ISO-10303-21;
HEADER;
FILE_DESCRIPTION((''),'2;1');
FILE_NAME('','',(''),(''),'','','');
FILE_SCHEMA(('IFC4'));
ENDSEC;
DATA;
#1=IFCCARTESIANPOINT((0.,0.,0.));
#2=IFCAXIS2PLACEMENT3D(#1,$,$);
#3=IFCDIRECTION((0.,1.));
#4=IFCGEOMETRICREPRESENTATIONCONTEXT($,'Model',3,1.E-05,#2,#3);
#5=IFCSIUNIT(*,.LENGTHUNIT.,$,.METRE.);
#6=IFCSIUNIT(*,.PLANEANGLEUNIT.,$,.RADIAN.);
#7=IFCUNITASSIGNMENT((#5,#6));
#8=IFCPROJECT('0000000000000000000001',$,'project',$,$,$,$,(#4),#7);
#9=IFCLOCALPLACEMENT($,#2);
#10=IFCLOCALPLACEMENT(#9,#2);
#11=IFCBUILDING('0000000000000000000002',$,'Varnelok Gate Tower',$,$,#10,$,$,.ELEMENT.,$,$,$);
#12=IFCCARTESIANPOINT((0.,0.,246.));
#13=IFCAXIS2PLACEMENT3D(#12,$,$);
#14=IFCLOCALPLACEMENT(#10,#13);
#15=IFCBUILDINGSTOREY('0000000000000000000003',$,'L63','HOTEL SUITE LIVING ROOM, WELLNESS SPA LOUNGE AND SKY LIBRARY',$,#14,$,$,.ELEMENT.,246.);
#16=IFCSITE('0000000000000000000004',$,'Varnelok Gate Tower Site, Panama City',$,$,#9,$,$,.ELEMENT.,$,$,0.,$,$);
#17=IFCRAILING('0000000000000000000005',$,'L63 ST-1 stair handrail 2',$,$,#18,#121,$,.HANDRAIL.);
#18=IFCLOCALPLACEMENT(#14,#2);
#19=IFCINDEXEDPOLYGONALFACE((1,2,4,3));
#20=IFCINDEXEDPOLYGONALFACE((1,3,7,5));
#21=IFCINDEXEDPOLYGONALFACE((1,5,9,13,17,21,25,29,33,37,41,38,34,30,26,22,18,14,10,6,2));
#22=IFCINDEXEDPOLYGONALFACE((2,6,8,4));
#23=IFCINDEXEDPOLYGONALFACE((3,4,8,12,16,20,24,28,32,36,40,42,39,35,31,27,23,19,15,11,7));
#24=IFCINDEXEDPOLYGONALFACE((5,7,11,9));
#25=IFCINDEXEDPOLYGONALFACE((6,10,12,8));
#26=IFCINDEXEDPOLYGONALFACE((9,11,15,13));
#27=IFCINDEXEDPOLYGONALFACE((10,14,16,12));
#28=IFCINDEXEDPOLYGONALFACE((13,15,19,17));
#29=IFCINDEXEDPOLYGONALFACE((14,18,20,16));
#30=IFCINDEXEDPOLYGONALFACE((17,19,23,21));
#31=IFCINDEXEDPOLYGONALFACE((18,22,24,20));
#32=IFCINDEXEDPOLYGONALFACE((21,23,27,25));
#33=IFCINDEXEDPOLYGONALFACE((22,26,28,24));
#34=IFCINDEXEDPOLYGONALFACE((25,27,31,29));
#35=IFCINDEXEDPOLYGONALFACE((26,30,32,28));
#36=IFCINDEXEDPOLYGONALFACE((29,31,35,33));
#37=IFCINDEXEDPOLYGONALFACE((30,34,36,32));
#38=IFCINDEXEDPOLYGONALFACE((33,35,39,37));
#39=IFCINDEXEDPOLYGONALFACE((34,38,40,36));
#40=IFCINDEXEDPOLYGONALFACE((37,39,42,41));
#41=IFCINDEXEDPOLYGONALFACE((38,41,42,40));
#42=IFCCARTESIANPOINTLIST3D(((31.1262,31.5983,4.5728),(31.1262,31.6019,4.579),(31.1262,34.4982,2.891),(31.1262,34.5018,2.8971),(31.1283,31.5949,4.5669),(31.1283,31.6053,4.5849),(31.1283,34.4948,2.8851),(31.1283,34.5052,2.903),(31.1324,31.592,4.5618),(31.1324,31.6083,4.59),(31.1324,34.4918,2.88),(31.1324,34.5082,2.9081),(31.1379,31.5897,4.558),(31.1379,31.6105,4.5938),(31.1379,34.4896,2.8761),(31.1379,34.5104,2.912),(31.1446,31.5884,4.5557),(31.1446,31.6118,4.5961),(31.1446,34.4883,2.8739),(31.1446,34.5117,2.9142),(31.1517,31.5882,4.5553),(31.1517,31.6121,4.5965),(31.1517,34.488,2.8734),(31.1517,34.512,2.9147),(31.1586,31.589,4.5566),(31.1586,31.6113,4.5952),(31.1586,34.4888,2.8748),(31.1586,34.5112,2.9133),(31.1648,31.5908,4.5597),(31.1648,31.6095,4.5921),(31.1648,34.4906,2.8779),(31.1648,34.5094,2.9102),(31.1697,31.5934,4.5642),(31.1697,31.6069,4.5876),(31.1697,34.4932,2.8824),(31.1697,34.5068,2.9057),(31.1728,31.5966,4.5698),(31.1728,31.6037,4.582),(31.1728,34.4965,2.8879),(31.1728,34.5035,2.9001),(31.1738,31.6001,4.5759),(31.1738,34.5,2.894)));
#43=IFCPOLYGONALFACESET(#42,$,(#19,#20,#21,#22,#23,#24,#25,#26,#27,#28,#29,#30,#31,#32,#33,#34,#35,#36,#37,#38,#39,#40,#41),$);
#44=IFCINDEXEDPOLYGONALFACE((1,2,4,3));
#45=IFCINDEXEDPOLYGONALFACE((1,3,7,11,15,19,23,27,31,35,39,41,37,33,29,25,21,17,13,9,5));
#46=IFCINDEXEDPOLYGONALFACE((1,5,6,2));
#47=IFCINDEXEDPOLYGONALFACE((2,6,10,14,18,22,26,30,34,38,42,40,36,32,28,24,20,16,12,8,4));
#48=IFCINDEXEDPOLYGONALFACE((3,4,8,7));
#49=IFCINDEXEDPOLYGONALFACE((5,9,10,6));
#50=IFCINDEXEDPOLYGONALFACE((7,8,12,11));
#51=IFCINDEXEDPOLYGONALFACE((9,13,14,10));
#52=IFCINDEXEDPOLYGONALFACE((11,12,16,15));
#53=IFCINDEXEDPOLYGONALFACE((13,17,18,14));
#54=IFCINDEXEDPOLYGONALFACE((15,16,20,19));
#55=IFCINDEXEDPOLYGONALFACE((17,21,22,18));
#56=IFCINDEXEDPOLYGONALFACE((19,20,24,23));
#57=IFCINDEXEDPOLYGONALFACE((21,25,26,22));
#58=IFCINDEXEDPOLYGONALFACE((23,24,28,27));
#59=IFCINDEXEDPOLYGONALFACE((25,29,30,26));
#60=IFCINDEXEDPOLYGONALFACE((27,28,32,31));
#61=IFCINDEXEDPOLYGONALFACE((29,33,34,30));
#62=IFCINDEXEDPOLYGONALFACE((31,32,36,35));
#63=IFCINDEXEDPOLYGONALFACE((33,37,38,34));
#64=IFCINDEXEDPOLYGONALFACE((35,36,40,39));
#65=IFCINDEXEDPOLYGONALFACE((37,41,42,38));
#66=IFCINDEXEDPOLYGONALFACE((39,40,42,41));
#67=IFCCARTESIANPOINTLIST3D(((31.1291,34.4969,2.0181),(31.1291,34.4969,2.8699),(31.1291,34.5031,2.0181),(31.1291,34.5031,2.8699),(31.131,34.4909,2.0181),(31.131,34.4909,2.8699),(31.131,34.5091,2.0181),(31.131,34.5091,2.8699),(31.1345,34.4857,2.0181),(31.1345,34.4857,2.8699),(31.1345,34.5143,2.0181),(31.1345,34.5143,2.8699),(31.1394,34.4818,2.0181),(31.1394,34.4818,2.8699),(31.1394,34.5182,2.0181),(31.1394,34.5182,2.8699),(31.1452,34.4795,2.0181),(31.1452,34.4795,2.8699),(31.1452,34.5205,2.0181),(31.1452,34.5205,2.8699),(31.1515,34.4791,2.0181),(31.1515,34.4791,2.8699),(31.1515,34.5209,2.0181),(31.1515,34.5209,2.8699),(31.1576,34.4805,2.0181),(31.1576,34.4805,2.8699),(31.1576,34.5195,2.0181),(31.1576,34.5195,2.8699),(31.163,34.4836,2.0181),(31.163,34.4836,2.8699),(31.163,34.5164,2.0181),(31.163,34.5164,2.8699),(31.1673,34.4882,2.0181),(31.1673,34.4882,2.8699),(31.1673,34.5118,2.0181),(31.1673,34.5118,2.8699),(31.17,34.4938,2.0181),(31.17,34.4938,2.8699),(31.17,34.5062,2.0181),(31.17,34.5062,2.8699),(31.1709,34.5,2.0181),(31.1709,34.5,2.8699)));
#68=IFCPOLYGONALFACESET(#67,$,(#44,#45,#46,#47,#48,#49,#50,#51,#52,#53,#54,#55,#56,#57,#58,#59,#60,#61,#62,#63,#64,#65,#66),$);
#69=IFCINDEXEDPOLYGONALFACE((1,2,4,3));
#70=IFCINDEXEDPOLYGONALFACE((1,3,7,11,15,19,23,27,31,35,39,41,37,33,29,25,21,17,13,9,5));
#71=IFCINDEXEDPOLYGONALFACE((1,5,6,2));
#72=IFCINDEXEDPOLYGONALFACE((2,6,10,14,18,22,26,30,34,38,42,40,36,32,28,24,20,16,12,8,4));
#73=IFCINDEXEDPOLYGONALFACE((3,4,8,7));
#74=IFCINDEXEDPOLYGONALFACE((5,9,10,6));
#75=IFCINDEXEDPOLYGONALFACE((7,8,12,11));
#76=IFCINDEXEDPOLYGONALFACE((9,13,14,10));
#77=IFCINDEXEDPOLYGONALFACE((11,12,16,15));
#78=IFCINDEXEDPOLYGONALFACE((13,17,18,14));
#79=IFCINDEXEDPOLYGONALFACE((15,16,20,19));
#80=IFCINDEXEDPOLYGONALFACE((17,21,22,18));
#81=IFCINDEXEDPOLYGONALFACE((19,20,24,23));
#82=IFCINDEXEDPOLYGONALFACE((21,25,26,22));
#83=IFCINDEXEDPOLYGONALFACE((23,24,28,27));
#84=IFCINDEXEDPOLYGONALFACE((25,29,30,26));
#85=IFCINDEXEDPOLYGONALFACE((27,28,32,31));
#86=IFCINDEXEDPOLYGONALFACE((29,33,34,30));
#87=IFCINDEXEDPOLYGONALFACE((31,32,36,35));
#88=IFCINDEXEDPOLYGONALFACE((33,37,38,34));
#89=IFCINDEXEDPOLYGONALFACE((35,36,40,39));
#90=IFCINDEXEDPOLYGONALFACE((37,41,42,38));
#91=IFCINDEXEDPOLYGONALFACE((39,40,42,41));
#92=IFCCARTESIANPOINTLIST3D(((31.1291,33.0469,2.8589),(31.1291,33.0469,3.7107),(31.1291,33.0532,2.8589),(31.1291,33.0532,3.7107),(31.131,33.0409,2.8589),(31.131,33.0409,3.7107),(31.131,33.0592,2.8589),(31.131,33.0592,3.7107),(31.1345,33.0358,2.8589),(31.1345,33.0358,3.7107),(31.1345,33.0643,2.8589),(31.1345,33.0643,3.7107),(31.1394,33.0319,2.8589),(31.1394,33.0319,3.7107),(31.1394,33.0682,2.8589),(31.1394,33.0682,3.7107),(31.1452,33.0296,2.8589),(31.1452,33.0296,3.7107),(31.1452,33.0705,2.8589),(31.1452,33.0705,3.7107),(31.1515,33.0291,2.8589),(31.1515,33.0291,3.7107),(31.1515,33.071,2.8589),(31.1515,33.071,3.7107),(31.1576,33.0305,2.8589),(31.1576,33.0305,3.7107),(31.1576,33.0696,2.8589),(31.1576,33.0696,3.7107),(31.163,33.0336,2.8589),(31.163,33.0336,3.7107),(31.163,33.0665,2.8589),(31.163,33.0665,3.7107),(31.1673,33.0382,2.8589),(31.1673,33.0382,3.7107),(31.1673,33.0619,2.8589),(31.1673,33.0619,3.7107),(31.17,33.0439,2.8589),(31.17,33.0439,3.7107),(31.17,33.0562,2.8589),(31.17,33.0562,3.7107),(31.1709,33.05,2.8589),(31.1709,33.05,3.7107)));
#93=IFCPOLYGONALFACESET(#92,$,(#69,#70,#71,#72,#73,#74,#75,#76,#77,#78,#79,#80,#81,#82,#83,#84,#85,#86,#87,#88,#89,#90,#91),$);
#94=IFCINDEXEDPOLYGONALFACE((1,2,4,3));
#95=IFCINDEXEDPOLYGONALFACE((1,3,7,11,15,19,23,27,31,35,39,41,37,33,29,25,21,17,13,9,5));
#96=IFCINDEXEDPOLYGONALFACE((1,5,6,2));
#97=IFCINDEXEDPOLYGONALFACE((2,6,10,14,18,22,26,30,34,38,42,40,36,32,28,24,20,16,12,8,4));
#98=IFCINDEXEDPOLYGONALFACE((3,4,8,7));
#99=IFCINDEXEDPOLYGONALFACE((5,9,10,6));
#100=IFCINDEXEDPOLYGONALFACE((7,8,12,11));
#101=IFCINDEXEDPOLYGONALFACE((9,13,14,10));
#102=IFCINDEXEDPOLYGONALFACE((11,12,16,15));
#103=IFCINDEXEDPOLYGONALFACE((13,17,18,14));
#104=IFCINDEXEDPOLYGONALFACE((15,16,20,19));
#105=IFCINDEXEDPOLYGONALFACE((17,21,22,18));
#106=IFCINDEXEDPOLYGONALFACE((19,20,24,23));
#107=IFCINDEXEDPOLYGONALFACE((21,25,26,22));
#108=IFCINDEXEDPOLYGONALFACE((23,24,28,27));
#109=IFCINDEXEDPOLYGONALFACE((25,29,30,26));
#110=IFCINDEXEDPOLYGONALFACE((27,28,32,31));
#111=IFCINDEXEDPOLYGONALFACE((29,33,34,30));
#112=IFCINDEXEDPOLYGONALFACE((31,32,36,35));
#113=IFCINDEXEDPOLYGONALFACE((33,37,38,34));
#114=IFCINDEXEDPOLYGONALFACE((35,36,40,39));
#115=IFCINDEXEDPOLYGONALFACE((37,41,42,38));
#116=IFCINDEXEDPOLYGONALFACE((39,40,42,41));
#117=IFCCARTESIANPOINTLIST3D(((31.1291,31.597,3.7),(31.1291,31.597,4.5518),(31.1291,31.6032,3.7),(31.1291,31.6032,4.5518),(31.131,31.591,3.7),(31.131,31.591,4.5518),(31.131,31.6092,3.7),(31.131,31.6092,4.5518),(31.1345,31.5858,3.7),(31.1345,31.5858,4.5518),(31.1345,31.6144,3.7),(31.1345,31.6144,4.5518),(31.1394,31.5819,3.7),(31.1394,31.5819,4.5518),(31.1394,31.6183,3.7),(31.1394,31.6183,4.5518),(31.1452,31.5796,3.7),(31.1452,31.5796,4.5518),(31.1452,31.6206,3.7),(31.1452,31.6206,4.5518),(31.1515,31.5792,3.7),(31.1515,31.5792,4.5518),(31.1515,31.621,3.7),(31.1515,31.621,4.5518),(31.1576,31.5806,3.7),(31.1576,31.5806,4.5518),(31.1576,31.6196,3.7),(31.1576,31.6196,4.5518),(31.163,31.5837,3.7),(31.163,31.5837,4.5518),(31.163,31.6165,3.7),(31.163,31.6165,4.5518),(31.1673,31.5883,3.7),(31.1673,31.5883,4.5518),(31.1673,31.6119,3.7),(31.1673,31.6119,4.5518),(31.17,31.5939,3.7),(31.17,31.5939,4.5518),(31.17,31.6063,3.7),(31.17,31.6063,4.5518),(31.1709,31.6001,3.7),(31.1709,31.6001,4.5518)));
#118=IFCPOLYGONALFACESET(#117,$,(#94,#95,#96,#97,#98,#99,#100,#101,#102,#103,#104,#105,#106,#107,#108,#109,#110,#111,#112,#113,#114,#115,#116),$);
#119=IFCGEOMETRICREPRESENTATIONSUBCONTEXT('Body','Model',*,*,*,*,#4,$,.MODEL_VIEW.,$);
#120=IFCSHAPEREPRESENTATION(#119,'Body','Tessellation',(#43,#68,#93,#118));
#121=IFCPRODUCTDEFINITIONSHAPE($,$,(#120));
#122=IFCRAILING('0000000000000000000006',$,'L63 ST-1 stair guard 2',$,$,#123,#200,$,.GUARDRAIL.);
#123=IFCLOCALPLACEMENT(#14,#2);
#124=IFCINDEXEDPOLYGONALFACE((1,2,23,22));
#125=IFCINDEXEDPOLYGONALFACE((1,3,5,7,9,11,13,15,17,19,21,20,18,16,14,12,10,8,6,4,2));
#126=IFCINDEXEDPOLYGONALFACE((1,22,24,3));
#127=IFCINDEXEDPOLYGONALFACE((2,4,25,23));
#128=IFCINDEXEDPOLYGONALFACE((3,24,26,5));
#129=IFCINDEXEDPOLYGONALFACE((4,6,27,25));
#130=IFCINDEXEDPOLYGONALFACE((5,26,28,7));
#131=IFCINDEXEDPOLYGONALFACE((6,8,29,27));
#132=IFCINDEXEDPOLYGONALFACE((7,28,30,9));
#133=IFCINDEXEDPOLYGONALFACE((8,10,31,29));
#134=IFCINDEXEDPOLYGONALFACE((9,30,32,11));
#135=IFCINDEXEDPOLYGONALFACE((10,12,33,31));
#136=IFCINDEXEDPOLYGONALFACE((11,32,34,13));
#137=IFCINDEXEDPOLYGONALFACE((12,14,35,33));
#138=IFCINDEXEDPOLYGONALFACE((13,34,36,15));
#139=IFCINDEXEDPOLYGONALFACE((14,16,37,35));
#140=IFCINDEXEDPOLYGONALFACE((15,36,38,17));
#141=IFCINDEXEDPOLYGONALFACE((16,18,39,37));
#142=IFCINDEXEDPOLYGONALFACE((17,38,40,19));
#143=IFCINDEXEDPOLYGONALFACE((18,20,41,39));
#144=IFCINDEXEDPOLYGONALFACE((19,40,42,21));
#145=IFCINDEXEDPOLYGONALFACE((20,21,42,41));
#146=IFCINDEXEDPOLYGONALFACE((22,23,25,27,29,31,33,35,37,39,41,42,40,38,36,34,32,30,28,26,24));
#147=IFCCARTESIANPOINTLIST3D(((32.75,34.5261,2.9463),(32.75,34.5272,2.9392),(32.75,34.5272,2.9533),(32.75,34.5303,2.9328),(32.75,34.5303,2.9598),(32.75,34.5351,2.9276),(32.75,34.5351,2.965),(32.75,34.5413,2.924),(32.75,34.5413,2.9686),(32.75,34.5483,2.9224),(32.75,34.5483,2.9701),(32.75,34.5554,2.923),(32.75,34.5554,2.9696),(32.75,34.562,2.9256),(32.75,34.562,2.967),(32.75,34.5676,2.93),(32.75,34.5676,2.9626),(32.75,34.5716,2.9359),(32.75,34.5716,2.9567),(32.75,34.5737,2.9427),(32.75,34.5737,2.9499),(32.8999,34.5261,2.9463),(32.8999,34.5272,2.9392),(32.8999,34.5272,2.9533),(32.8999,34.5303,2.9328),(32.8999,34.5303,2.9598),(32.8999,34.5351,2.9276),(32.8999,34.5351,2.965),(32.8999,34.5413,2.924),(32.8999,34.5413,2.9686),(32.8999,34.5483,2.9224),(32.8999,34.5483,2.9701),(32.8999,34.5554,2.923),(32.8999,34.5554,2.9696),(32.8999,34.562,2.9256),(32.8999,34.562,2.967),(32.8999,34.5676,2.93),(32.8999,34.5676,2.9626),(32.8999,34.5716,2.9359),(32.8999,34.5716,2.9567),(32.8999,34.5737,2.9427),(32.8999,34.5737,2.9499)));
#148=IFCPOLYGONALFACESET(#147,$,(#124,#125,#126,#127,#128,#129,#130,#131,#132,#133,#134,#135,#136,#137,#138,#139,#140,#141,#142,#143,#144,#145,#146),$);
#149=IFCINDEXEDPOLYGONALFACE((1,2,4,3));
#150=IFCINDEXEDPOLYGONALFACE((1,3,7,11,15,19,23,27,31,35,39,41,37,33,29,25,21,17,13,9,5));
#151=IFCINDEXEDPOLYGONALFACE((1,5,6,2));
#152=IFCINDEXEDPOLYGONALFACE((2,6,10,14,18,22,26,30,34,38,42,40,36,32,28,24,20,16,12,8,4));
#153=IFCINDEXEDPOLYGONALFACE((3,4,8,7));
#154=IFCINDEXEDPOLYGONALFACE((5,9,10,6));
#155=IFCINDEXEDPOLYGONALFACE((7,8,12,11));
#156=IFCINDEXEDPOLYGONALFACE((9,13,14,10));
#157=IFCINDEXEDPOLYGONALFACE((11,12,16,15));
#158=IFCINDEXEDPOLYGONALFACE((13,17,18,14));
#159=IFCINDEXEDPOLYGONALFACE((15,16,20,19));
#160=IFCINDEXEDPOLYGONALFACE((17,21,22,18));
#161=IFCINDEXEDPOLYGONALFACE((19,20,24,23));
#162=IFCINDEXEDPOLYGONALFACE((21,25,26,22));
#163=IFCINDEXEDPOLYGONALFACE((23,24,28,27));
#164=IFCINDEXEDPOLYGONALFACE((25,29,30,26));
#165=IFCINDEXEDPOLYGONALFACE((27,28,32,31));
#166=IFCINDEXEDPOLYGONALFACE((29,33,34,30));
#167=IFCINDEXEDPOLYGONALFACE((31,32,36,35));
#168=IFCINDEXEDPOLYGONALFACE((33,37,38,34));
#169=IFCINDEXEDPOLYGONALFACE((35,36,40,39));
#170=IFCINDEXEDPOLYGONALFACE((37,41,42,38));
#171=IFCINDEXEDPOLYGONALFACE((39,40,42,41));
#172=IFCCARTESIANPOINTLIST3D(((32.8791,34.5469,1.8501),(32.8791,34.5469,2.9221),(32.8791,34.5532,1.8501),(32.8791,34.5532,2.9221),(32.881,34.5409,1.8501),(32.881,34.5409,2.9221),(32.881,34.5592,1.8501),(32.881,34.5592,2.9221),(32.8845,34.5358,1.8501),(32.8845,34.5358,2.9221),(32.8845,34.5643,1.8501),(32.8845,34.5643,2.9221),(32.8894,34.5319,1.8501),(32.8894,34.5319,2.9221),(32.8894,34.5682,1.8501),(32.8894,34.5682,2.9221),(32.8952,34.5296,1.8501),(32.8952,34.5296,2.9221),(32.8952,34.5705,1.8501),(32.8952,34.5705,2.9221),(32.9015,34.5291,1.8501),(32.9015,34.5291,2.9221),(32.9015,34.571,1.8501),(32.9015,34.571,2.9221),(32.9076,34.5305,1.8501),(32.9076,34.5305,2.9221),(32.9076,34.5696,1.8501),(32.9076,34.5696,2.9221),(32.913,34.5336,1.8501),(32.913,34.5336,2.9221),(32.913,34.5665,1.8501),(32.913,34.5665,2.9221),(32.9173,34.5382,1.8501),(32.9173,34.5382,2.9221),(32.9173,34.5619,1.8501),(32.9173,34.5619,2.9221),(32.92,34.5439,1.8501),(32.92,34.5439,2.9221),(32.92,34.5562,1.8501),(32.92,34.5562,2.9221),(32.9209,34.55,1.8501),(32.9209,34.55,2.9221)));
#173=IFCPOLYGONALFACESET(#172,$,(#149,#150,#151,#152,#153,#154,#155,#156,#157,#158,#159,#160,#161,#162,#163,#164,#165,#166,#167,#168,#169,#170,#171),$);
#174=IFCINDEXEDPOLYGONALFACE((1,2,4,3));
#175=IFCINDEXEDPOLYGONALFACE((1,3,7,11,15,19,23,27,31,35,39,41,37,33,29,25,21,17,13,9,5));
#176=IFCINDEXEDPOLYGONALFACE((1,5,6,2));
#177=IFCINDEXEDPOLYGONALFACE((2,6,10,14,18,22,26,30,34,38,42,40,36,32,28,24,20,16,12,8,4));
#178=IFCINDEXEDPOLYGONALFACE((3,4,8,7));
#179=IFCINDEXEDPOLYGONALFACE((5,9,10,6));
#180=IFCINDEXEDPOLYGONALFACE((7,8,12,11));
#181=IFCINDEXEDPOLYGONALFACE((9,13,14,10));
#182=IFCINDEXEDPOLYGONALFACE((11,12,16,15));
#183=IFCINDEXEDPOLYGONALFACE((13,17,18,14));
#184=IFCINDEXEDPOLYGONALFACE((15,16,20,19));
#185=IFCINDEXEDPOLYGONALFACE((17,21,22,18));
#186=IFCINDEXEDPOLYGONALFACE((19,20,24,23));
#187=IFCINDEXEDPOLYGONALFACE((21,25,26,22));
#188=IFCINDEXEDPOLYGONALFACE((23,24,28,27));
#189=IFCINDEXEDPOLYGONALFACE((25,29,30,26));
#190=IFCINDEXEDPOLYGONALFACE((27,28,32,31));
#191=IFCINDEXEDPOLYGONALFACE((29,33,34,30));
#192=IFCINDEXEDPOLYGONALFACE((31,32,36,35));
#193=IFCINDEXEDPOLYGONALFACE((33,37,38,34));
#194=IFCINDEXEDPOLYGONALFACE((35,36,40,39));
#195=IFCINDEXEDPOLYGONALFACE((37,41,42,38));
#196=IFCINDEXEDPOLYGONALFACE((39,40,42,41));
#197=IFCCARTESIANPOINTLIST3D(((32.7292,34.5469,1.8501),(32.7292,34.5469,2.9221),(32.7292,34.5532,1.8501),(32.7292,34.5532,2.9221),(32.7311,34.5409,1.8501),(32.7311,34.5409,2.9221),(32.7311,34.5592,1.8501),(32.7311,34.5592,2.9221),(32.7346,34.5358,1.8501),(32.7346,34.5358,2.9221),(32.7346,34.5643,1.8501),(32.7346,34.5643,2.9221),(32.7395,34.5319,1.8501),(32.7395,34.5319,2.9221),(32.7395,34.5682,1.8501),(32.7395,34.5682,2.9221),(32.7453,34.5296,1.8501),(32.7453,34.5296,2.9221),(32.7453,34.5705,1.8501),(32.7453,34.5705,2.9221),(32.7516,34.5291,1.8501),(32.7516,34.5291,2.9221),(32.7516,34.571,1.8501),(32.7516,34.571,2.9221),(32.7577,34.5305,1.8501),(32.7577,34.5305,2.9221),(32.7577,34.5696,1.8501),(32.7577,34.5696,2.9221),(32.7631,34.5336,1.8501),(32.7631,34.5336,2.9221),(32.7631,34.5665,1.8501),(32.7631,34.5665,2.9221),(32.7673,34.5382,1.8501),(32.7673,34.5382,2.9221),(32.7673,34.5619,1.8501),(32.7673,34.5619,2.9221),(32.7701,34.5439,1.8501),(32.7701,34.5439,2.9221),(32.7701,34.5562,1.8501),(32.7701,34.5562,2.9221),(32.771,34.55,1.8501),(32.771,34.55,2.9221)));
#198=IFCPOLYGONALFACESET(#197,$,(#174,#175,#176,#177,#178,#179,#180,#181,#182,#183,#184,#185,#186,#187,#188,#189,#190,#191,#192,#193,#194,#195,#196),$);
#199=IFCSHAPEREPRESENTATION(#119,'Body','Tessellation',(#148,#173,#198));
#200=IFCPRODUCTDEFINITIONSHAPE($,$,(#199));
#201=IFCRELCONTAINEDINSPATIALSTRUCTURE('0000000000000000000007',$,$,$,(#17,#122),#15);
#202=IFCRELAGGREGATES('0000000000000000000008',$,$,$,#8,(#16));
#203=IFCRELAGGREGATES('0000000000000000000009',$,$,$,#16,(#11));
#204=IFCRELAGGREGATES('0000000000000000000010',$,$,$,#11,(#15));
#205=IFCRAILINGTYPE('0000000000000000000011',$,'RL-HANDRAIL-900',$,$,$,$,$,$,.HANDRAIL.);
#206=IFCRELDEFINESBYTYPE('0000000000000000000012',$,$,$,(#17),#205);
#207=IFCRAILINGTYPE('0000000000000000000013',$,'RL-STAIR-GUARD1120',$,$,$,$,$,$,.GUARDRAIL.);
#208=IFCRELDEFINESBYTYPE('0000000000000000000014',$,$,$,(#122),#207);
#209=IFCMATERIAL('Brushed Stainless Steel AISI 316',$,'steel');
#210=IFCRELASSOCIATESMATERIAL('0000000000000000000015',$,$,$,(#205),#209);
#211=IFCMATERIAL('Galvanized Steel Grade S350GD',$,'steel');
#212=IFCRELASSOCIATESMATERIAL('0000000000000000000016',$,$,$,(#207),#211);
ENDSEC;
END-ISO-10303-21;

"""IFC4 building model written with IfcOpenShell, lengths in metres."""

from ifc_helpers import new_model, si_unit, direction, frame, origin, origin_2d, place, context, subcontext, project, spatial, circle, extrude, material, type_object, element, save


model = new_model("IFC4")

# Units and contexts
model_context = context("Model", 3, precision=1e-05, world=origin(), true_north=direction((0.0, 1.0)))
body_context = subcontext(model_context, "Body", "Model", "MODEL_VIEW")
ifc_project = project(units=[si_unit("LENGTHUNIT", "METRE"), si_unit("PLANEANGLEUNIT", "RADIAN")], contexts=[model_context])

# Site, building, storey
site_placement = place(None, origin())
site = spatial("IfcSite", under=ifc_project, at=site_placement, Name="Varnelok Gate Tower Site, Panama City", CompositionType="ELEMENT", RefElevation=0.0)
building_placement = place(site_placement, origin())
building = spatial("IfcBuilding", under=site, at=building_placement, Name="Varnelok Gate Tower", CompositionType="ELEMENT")
storey_placement = place(building_placement, frame((0.0, 0.0, 246.0)))
storey = spatial("IfcBuildingStorey", under=building, at=storey_placement, Name="L63", Description="HOTEL SUITE LIVING ROOM, WELLNESS SPA LOUNGE AND SKY LIBRARY", CompositionType="ELEMENT", Elevation=246.0)

# Shared definitions
ifc_material_1 = material(Name="Galvanized Steel Grade S350GD", Category="steel")

# Railings
ifc_material_2 = material(Name="Brushed Stainless Steel AISI 316", Category="steel")
railing_type_1 = type_object("IfcRailingType", Name="RL-HANDRAIL-900", PredefinedType="HANDRAIL", material=ifc_material_2)
railing_1_placement = place(storey_placement, frame((31.1499, 34.5, 2.0181)))
element("IfcRailing", 1, at=railing_1_placement, inside=storey, type_object=railing_type_1, Name="L63 ST-1 stair handrail 2", PredefinedType="HANDRAIL", context=body_context, shape_type="SweptSolid", body=[
    extrude(circle(Radius=0.0239, at=origin_2d()), frame((0.0, 0.0, 0.876), z_axis=(0.0, -0.865039, 0.501705), x_axis=(1.0, 0.0, 0.0)), (0.0, 0.0, 1.0), 3.3523),
    extrude(circle(Radius=0.021, at=origin_2d()), origin(), (0.0, 0.0, 1.0), 0.8518),
    extrude(circle(Radius=0.021, at=origin_2d()), frame((0.0, -1.45, 0.8408)), (0.0, 0.0, 1.0), 0.8518),
    extrude(circle(Radius=0.021, at=origin_2d()), frame((0.0, -2.8999, 1.6819)), (0.0, 0.0, 1.0), 0.8518),
])
railing_type_2 = type_object("IfcRailingType", Name="RL-STAIR-GUARD1120", PredefinedType="GUARDRAIL", material=ifc_material_1)
railing_2_placement = place(storey_placement, frame((32.8999, 34.55, 1.8501)))
element("IfcRailing", 2, at=railing_2_placement, inside=storey, type_object=railing_type_2, Name="L63 ST-1 stair guard 2", PredefinedType="GUARDRAIL", context=body_context, shape_type="SweptSolid", body=[
    extrude(circle(Radius=0.0239, at=origin_2d()), frame((0.0, 0.0, 1.0962), z_axis=(-1.0, 0.0, 0.0), x_axis=(0.0, -1.0, 0.0)), (0.0, 0.0, 1.0), 0.1499),
    extrude(circle(Radius=0.021, at=origin_2d()), origin(), (0.0, 0.0, 1.0), 1.072),
    extrude(circle(Radius=0.021, at=origin_2d()), frame((-0.1499, 0.0, 0.0)), (0.0, 0.0, 1.0), 1.072),
])

save(model, "model.ifc")
